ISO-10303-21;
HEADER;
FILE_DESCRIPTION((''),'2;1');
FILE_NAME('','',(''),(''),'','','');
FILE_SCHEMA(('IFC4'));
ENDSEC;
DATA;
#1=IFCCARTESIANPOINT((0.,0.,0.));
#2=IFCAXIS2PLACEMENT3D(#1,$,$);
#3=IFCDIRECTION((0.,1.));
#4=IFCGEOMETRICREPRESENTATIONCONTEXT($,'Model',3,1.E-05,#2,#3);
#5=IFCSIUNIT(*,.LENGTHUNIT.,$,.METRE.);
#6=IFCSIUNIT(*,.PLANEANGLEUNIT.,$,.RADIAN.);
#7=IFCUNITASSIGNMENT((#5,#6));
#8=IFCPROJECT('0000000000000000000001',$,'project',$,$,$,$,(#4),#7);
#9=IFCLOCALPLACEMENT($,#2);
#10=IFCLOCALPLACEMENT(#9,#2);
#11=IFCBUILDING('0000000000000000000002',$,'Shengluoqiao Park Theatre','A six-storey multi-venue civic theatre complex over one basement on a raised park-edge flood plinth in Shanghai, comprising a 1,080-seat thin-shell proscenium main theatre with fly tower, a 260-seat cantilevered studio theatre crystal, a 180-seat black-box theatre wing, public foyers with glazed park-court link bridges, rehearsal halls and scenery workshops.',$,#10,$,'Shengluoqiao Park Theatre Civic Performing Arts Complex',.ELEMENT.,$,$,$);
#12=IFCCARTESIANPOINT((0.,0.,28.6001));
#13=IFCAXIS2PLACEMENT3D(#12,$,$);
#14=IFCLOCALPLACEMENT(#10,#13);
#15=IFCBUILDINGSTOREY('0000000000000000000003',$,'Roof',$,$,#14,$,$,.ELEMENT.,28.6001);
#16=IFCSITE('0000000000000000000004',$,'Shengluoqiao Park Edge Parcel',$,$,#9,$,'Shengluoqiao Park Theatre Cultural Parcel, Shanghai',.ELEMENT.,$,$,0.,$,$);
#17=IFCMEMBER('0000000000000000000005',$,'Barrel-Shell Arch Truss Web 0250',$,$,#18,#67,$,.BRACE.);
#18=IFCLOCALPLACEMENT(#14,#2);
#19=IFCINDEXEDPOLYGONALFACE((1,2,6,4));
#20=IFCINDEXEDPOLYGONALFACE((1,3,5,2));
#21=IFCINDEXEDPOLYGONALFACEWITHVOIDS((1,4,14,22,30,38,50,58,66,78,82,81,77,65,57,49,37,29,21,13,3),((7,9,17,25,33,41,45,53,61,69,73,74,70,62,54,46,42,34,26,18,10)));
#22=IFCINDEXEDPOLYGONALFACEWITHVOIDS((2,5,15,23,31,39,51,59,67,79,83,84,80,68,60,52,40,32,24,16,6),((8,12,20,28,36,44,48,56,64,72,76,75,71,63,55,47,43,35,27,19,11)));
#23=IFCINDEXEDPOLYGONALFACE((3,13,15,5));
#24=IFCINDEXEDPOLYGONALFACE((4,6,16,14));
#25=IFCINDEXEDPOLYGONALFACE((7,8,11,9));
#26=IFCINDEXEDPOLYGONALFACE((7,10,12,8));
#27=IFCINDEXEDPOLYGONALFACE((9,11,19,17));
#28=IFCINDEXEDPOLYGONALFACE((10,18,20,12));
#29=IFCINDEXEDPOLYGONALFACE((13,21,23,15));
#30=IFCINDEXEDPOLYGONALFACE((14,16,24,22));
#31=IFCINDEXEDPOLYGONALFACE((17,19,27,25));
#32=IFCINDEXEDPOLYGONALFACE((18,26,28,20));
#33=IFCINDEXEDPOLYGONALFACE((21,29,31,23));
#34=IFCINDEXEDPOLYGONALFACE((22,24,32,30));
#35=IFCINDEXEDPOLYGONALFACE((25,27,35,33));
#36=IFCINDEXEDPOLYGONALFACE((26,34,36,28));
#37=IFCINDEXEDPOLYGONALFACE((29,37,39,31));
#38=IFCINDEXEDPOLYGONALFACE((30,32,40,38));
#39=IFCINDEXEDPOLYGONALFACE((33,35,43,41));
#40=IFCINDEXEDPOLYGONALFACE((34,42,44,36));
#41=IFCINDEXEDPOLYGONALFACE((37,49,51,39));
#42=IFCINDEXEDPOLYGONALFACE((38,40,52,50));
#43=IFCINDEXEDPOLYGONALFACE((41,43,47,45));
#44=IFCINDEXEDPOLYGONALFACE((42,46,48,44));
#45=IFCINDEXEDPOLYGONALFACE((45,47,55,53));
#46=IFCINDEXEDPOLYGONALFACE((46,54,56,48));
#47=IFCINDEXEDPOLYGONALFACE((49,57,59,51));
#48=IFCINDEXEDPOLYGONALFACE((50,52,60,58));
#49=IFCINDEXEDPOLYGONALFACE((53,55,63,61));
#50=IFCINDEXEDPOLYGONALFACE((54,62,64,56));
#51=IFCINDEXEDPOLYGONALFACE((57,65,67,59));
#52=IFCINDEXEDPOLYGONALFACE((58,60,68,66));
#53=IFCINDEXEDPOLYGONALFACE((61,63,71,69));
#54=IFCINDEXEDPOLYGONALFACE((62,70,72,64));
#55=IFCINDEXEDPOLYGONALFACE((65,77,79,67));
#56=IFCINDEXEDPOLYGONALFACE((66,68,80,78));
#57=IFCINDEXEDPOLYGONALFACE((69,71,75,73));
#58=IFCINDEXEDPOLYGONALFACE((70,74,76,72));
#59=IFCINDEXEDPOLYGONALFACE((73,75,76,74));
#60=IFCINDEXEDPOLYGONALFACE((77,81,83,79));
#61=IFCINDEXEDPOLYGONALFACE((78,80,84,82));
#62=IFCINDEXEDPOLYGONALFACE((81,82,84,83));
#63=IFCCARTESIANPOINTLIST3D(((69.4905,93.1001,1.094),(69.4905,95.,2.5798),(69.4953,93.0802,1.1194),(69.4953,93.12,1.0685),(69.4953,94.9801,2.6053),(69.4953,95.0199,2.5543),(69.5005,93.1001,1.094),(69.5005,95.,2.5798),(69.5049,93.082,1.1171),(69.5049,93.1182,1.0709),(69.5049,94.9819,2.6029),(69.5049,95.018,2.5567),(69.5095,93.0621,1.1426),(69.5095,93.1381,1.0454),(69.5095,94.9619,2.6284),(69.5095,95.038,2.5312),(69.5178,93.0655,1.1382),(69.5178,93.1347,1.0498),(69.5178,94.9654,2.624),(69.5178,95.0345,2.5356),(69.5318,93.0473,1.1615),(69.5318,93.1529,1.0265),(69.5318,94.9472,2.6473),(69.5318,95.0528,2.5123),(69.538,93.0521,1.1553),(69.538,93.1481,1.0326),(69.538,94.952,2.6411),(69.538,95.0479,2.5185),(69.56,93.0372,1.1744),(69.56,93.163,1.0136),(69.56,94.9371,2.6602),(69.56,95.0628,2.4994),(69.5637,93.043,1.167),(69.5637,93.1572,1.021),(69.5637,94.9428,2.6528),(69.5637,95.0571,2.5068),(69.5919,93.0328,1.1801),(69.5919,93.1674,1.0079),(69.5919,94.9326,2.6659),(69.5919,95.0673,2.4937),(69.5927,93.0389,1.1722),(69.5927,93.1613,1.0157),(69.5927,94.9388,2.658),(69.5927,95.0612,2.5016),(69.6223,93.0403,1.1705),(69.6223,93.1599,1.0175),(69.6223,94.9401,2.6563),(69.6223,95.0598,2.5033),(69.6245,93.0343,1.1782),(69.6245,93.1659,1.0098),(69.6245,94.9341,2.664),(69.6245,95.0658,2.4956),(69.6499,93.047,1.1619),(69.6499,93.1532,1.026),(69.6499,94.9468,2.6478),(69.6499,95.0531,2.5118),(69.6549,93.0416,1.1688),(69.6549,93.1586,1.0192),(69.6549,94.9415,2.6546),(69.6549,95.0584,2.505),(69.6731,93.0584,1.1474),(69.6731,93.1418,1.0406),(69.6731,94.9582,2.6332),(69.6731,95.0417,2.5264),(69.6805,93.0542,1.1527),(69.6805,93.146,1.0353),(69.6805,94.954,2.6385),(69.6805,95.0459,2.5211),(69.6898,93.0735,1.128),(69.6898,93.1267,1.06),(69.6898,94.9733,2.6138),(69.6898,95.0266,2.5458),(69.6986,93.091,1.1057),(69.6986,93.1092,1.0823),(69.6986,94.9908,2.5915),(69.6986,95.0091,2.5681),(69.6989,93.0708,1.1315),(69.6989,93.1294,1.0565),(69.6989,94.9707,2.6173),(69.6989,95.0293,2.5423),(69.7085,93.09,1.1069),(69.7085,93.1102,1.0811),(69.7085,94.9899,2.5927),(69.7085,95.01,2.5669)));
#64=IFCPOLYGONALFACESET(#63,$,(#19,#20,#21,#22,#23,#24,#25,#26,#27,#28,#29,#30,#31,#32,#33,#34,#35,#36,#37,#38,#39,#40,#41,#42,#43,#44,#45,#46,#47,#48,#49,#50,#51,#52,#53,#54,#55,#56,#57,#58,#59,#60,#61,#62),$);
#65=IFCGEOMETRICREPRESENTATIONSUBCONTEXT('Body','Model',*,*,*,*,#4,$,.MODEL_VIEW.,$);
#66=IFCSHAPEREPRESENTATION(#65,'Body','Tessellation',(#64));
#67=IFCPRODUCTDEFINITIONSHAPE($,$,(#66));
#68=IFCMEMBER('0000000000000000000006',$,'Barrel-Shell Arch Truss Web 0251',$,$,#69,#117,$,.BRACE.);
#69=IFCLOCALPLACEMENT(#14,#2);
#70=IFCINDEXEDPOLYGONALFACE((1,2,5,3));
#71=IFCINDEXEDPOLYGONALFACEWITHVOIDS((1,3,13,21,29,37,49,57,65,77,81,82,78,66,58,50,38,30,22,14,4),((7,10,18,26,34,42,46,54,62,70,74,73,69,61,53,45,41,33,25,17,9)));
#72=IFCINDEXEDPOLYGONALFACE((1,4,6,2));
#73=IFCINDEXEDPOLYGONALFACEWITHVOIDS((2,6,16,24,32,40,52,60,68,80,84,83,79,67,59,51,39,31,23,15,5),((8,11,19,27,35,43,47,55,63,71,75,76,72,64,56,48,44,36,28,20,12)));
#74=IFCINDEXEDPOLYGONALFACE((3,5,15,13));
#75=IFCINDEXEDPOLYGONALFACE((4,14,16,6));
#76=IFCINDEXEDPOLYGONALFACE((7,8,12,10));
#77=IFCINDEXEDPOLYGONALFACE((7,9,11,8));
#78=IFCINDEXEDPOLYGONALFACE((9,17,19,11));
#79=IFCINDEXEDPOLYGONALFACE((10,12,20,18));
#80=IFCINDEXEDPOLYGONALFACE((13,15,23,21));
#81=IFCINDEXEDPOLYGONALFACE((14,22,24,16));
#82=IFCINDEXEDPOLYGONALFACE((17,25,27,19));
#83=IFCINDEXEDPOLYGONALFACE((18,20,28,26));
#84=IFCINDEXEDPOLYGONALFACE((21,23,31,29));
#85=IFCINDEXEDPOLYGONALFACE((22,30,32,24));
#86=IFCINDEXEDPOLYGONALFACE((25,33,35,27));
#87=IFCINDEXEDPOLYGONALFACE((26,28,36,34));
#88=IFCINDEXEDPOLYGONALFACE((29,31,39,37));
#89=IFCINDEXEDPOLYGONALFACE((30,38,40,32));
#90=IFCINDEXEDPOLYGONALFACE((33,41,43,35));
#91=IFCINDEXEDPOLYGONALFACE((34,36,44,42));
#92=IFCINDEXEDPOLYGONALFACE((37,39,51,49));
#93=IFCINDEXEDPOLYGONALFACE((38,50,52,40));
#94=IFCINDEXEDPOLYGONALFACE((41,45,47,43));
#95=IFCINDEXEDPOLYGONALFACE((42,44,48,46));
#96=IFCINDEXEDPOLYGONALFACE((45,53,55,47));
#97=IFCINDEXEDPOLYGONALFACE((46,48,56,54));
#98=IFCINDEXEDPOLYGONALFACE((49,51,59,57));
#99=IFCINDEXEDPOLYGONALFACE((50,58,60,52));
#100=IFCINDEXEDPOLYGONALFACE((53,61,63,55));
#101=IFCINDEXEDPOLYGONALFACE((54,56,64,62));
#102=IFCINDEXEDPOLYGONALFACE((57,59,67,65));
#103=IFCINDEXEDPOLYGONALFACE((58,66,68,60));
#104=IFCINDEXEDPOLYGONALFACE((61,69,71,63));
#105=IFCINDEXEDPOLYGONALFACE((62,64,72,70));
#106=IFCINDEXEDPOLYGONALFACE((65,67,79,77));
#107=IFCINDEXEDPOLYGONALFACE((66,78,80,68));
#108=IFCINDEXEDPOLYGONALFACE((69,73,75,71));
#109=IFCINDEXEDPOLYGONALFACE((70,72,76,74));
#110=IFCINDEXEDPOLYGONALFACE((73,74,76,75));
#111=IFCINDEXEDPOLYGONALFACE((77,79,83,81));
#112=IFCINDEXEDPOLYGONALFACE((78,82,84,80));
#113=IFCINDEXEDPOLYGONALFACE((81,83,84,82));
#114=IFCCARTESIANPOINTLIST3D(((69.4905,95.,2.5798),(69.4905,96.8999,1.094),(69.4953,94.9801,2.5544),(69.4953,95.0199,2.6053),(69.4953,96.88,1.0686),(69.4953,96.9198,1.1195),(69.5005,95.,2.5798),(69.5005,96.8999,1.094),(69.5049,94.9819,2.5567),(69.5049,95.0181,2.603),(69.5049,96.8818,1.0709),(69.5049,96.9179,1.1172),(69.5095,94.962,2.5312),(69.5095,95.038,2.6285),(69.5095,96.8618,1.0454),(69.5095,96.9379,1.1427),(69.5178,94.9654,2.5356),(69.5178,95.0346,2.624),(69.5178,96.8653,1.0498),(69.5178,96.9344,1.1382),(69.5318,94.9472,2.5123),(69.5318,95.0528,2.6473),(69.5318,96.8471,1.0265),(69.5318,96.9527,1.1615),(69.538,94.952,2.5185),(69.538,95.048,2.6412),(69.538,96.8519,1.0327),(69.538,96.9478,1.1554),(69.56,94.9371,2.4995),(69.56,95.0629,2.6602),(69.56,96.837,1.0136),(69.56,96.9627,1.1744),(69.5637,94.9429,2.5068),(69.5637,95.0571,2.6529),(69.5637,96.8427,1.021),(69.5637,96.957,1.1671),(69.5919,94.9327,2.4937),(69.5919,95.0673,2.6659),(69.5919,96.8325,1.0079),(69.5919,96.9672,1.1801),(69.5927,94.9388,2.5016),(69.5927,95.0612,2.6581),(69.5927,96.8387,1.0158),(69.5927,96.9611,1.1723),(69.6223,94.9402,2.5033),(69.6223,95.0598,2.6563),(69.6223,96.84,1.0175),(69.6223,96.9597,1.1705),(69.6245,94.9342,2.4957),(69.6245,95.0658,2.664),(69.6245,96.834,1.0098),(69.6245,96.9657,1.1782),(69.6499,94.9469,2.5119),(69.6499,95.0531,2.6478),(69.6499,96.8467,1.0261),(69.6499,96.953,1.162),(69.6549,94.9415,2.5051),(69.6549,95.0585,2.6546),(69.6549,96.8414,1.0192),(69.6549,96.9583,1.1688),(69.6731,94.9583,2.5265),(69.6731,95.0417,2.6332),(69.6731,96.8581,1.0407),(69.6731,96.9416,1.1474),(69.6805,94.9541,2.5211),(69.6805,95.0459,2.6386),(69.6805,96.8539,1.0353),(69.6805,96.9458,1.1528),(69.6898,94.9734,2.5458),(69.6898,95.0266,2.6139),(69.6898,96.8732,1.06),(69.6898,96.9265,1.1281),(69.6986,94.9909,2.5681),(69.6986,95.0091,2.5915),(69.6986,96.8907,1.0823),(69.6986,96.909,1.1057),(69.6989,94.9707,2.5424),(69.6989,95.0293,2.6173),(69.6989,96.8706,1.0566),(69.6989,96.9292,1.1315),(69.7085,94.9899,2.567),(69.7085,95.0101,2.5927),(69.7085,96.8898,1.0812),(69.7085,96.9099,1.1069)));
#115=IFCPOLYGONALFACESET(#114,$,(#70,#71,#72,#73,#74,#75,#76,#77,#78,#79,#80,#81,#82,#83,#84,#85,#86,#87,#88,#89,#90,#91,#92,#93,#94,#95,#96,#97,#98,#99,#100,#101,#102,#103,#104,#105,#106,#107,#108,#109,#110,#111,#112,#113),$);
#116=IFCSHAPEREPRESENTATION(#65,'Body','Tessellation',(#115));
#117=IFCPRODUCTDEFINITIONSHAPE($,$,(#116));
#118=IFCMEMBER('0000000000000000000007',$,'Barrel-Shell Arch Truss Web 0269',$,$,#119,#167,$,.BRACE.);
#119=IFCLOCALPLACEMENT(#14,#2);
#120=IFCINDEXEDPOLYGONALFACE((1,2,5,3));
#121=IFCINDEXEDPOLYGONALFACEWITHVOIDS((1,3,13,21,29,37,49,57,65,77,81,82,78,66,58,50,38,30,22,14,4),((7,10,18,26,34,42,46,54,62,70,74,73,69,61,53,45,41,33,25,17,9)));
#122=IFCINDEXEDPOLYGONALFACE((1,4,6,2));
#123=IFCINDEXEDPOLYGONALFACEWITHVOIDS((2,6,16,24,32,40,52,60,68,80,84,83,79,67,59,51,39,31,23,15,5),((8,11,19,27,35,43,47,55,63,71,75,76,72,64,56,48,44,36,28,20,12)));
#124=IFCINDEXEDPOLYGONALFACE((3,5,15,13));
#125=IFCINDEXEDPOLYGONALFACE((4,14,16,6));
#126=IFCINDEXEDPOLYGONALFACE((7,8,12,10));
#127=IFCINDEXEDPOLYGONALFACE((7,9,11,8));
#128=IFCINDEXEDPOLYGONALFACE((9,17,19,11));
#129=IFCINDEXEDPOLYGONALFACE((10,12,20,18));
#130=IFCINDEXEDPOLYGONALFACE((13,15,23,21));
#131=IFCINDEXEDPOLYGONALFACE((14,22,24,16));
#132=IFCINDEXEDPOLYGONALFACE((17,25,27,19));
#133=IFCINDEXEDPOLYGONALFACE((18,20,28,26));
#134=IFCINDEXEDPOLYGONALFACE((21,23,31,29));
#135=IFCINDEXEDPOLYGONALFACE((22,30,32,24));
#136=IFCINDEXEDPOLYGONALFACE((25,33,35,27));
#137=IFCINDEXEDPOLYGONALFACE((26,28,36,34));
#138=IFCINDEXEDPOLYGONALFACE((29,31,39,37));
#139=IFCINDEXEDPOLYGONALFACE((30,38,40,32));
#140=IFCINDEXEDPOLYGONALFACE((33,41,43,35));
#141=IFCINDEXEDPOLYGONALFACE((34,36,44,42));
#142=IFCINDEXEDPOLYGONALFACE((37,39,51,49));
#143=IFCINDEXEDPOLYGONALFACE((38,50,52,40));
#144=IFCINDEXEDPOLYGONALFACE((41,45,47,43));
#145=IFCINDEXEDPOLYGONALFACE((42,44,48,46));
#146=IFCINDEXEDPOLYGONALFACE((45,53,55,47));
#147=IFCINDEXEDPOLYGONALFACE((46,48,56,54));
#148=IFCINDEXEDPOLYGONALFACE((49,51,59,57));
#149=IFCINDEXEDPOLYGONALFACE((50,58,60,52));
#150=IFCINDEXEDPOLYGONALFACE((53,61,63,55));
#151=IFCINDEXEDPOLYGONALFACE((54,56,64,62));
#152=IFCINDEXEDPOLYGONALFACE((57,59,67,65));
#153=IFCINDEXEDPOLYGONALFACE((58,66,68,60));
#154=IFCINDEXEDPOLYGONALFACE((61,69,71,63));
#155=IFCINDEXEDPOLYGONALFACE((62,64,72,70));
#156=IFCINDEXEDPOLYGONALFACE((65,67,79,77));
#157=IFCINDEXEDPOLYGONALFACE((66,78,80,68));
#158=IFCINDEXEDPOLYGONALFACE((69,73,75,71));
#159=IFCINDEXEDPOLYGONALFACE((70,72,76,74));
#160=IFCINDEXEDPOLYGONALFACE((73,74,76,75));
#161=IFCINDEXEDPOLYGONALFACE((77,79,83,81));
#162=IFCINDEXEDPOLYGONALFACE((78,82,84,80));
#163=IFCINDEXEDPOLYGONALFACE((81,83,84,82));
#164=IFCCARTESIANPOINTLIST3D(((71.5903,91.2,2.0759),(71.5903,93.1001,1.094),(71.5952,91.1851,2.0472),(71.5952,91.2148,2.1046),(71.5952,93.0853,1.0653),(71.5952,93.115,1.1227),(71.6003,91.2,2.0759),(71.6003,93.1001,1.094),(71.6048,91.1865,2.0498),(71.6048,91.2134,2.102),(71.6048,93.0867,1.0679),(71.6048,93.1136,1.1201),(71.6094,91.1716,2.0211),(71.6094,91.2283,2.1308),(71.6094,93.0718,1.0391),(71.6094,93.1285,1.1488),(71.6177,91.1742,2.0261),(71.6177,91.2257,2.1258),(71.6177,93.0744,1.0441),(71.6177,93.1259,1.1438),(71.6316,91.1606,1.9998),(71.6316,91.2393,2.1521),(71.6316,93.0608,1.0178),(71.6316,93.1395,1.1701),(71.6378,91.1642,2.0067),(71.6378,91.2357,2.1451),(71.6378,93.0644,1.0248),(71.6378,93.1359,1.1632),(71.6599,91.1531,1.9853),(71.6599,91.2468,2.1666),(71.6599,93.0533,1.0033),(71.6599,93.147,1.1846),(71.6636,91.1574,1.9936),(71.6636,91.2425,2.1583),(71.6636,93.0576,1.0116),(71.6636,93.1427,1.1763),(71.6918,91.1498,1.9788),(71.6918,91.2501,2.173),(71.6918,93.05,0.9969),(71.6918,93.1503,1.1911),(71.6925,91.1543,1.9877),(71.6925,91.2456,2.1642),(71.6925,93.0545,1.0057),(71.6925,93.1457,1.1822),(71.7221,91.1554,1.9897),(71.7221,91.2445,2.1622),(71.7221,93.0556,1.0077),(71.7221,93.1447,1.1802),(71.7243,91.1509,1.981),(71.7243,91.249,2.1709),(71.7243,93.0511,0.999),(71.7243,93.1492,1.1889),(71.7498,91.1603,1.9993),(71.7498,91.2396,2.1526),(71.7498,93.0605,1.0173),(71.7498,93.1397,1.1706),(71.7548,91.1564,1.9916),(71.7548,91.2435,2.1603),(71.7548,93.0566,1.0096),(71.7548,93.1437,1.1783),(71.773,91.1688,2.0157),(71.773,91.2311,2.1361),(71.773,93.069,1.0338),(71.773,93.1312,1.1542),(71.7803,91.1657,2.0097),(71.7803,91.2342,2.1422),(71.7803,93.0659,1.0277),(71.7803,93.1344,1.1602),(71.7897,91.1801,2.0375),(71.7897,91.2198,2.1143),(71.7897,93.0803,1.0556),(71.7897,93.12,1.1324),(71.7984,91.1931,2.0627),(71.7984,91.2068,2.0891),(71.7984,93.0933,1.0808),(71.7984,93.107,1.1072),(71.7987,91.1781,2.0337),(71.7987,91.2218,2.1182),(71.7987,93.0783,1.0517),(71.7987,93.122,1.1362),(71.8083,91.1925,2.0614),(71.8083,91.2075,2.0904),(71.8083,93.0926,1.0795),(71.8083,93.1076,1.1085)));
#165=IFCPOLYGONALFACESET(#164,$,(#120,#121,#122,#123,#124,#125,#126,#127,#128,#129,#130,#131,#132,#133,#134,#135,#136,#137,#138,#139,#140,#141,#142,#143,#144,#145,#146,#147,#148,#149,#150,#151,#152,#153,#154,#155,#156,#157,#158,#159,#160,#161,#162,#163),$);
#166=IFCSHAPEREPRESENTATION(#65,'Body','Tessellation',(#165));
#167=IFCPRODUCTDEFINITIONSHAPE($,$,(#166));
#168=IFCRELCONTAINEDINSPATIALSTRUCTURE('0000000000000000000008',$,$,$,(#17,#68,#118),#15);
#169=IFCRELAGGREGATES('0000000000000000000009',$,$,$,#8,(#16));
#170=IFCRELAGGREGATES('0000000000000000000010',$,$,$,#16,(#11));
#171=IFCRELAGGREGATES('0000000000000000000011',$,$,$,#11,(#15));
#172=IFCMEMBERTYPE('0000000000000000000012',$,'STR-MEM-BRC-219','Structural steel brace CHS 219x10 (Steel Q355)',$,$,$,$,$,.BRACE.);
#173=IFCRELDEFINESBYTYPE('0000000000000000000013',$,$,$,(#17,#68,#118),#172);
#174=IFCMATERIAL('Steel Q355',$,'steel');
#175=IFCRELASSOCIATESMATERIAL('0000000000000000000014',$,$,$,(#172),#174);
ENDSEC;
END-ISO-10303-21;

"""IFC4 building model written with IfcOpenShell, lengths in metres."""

from ifc_helpers import new_model, si_unit, direction, frame, origin, origin_2d, place, context, subcontext, project, spatial, hollow_circle, extrude, material, material_profile, profile_set, type_object, element, save


model = new_model("IFC4")

# Units and contexts
model_context = context("Model", 3, precision=1e-05, world=origin(), true_north=direction((0.0, 1.0)))
body_context = subcontext(model_context, "Body", "Model", "MODEL_VIEW")
ifc_project = project(units=[si_unit("LENGTHUNIT", "METRE"), si_unit("PLANEANGLEUNIT", "RADIAN")], contexts=[model_context])

# Site, building, storey
site_placement = place(None, origin())
site = spatial("IfcSite", under=ifc_project, at=site_placement, Name="Shengluoqiao Park Edge Parcel", LongName="Shengluoqiao Park Theatre Cultural Parcel, Shanghai", CompositionType="ELEMENT", RefElevation=0.0)
building_placement = place(site_placement, origin())
building = spatial("IfcBuilding", under=site, at=building_placement, Name="Shengluoqiao Park Theatre", Description="A six-storey multi-venue civic theatre complex over one basement on a raised park-edge flood plinth in Shanghai, comprising a 1,080-seat thin-shell proscenium main theatre with fly tower, a 260-seat cantilevered studio theatre crystal, a 180-seat black-box theatre wing, public foyers with glazed park-court link bridges, rehearsal halls and scenery workshops.", LongName="Shengluoqiao Park Theatre Civic Performing Arts Complex", CompositionType="ELEMENT")
storey_placement = place(building_placement, frame((0.0, 0.0, 28.6001)))
storey = spatial("IfcBuildingStorey", under=building, at=storey_placement, Name="Roof", CompositionType="ELEMENT", Elevation=28.6001)

# Shared definitions
ifc_material_1 = material(Name="Steel Q355", Category="steel")

# Members
ifc_material_profile_1 = material_profile(ifc_material_1, hollow_circle(Radius=0.1096, WallThickness=0.01, at=origin_2d()), Name="CHS 219x10")
ifc_profile_set_1 = profile_set([ifc_material_profile_1], Name="Steel Q355")
member_type_1 = type_object("IfcMemberType", Name="STR-MEM-BRC-219", Description="Structural steel brace CHS 219x10 (Steel Q355)", PredefinedType="BRACE", material=ifc_profile_set_1)
for number, where, z_axis, x_axis, name in (
    (1, (69.6001, 93.1001, 1.094), (0.0, 0.787714, 0.616041), (-1.0, 0.0, 0.0), "Barrel-Shell Arch Truss Web 0250"),
    (2, (69.6001, 95.0, 2.5798), (0.0, 0.787714, -0.616041), (-1.0, 0.0, 0.0), "Barrel-Shell Arch Truss Web 0251"),
):
    element("IfcMember", number, at=place(storey_placement, frame(where, z_axis=z_axis, x_axis=x_axis)), inside=storey, type_object=member_type_1, Name=name, PredefinedType="BRACE", context=body_context, shape_type="SweptSolid", body=[
        extrude(hollow_circle(Radius=0.1096, WallThickness=0.01, at=origin_2d()), origin(), (0.0, 0.0, 1.0), 2.4119),
    ])
member_1_placement = place(storey_placement, frame((71.7, 91.2, 2.0759), z_axis=(0.0, 0.888389, -0.459091), x_axis=(-1.0, 0.0, 0.0)))
element("IfcMember", 3, at=member_1_placement, inside=storey, type_object=member_type_1, Name="Barrel-Shell Arch Truss Web 0269", PredefinedType="BRACE", context=body_context, shape_type="SweptSolid", body=[
    extrude(hollow_circle(Radius=0.1096, WallThickness=0.01, at=origin_2d()), origin(), (0.0, 0.0, 1.0), 2.1389),
])

save(model, "model.ifc")
